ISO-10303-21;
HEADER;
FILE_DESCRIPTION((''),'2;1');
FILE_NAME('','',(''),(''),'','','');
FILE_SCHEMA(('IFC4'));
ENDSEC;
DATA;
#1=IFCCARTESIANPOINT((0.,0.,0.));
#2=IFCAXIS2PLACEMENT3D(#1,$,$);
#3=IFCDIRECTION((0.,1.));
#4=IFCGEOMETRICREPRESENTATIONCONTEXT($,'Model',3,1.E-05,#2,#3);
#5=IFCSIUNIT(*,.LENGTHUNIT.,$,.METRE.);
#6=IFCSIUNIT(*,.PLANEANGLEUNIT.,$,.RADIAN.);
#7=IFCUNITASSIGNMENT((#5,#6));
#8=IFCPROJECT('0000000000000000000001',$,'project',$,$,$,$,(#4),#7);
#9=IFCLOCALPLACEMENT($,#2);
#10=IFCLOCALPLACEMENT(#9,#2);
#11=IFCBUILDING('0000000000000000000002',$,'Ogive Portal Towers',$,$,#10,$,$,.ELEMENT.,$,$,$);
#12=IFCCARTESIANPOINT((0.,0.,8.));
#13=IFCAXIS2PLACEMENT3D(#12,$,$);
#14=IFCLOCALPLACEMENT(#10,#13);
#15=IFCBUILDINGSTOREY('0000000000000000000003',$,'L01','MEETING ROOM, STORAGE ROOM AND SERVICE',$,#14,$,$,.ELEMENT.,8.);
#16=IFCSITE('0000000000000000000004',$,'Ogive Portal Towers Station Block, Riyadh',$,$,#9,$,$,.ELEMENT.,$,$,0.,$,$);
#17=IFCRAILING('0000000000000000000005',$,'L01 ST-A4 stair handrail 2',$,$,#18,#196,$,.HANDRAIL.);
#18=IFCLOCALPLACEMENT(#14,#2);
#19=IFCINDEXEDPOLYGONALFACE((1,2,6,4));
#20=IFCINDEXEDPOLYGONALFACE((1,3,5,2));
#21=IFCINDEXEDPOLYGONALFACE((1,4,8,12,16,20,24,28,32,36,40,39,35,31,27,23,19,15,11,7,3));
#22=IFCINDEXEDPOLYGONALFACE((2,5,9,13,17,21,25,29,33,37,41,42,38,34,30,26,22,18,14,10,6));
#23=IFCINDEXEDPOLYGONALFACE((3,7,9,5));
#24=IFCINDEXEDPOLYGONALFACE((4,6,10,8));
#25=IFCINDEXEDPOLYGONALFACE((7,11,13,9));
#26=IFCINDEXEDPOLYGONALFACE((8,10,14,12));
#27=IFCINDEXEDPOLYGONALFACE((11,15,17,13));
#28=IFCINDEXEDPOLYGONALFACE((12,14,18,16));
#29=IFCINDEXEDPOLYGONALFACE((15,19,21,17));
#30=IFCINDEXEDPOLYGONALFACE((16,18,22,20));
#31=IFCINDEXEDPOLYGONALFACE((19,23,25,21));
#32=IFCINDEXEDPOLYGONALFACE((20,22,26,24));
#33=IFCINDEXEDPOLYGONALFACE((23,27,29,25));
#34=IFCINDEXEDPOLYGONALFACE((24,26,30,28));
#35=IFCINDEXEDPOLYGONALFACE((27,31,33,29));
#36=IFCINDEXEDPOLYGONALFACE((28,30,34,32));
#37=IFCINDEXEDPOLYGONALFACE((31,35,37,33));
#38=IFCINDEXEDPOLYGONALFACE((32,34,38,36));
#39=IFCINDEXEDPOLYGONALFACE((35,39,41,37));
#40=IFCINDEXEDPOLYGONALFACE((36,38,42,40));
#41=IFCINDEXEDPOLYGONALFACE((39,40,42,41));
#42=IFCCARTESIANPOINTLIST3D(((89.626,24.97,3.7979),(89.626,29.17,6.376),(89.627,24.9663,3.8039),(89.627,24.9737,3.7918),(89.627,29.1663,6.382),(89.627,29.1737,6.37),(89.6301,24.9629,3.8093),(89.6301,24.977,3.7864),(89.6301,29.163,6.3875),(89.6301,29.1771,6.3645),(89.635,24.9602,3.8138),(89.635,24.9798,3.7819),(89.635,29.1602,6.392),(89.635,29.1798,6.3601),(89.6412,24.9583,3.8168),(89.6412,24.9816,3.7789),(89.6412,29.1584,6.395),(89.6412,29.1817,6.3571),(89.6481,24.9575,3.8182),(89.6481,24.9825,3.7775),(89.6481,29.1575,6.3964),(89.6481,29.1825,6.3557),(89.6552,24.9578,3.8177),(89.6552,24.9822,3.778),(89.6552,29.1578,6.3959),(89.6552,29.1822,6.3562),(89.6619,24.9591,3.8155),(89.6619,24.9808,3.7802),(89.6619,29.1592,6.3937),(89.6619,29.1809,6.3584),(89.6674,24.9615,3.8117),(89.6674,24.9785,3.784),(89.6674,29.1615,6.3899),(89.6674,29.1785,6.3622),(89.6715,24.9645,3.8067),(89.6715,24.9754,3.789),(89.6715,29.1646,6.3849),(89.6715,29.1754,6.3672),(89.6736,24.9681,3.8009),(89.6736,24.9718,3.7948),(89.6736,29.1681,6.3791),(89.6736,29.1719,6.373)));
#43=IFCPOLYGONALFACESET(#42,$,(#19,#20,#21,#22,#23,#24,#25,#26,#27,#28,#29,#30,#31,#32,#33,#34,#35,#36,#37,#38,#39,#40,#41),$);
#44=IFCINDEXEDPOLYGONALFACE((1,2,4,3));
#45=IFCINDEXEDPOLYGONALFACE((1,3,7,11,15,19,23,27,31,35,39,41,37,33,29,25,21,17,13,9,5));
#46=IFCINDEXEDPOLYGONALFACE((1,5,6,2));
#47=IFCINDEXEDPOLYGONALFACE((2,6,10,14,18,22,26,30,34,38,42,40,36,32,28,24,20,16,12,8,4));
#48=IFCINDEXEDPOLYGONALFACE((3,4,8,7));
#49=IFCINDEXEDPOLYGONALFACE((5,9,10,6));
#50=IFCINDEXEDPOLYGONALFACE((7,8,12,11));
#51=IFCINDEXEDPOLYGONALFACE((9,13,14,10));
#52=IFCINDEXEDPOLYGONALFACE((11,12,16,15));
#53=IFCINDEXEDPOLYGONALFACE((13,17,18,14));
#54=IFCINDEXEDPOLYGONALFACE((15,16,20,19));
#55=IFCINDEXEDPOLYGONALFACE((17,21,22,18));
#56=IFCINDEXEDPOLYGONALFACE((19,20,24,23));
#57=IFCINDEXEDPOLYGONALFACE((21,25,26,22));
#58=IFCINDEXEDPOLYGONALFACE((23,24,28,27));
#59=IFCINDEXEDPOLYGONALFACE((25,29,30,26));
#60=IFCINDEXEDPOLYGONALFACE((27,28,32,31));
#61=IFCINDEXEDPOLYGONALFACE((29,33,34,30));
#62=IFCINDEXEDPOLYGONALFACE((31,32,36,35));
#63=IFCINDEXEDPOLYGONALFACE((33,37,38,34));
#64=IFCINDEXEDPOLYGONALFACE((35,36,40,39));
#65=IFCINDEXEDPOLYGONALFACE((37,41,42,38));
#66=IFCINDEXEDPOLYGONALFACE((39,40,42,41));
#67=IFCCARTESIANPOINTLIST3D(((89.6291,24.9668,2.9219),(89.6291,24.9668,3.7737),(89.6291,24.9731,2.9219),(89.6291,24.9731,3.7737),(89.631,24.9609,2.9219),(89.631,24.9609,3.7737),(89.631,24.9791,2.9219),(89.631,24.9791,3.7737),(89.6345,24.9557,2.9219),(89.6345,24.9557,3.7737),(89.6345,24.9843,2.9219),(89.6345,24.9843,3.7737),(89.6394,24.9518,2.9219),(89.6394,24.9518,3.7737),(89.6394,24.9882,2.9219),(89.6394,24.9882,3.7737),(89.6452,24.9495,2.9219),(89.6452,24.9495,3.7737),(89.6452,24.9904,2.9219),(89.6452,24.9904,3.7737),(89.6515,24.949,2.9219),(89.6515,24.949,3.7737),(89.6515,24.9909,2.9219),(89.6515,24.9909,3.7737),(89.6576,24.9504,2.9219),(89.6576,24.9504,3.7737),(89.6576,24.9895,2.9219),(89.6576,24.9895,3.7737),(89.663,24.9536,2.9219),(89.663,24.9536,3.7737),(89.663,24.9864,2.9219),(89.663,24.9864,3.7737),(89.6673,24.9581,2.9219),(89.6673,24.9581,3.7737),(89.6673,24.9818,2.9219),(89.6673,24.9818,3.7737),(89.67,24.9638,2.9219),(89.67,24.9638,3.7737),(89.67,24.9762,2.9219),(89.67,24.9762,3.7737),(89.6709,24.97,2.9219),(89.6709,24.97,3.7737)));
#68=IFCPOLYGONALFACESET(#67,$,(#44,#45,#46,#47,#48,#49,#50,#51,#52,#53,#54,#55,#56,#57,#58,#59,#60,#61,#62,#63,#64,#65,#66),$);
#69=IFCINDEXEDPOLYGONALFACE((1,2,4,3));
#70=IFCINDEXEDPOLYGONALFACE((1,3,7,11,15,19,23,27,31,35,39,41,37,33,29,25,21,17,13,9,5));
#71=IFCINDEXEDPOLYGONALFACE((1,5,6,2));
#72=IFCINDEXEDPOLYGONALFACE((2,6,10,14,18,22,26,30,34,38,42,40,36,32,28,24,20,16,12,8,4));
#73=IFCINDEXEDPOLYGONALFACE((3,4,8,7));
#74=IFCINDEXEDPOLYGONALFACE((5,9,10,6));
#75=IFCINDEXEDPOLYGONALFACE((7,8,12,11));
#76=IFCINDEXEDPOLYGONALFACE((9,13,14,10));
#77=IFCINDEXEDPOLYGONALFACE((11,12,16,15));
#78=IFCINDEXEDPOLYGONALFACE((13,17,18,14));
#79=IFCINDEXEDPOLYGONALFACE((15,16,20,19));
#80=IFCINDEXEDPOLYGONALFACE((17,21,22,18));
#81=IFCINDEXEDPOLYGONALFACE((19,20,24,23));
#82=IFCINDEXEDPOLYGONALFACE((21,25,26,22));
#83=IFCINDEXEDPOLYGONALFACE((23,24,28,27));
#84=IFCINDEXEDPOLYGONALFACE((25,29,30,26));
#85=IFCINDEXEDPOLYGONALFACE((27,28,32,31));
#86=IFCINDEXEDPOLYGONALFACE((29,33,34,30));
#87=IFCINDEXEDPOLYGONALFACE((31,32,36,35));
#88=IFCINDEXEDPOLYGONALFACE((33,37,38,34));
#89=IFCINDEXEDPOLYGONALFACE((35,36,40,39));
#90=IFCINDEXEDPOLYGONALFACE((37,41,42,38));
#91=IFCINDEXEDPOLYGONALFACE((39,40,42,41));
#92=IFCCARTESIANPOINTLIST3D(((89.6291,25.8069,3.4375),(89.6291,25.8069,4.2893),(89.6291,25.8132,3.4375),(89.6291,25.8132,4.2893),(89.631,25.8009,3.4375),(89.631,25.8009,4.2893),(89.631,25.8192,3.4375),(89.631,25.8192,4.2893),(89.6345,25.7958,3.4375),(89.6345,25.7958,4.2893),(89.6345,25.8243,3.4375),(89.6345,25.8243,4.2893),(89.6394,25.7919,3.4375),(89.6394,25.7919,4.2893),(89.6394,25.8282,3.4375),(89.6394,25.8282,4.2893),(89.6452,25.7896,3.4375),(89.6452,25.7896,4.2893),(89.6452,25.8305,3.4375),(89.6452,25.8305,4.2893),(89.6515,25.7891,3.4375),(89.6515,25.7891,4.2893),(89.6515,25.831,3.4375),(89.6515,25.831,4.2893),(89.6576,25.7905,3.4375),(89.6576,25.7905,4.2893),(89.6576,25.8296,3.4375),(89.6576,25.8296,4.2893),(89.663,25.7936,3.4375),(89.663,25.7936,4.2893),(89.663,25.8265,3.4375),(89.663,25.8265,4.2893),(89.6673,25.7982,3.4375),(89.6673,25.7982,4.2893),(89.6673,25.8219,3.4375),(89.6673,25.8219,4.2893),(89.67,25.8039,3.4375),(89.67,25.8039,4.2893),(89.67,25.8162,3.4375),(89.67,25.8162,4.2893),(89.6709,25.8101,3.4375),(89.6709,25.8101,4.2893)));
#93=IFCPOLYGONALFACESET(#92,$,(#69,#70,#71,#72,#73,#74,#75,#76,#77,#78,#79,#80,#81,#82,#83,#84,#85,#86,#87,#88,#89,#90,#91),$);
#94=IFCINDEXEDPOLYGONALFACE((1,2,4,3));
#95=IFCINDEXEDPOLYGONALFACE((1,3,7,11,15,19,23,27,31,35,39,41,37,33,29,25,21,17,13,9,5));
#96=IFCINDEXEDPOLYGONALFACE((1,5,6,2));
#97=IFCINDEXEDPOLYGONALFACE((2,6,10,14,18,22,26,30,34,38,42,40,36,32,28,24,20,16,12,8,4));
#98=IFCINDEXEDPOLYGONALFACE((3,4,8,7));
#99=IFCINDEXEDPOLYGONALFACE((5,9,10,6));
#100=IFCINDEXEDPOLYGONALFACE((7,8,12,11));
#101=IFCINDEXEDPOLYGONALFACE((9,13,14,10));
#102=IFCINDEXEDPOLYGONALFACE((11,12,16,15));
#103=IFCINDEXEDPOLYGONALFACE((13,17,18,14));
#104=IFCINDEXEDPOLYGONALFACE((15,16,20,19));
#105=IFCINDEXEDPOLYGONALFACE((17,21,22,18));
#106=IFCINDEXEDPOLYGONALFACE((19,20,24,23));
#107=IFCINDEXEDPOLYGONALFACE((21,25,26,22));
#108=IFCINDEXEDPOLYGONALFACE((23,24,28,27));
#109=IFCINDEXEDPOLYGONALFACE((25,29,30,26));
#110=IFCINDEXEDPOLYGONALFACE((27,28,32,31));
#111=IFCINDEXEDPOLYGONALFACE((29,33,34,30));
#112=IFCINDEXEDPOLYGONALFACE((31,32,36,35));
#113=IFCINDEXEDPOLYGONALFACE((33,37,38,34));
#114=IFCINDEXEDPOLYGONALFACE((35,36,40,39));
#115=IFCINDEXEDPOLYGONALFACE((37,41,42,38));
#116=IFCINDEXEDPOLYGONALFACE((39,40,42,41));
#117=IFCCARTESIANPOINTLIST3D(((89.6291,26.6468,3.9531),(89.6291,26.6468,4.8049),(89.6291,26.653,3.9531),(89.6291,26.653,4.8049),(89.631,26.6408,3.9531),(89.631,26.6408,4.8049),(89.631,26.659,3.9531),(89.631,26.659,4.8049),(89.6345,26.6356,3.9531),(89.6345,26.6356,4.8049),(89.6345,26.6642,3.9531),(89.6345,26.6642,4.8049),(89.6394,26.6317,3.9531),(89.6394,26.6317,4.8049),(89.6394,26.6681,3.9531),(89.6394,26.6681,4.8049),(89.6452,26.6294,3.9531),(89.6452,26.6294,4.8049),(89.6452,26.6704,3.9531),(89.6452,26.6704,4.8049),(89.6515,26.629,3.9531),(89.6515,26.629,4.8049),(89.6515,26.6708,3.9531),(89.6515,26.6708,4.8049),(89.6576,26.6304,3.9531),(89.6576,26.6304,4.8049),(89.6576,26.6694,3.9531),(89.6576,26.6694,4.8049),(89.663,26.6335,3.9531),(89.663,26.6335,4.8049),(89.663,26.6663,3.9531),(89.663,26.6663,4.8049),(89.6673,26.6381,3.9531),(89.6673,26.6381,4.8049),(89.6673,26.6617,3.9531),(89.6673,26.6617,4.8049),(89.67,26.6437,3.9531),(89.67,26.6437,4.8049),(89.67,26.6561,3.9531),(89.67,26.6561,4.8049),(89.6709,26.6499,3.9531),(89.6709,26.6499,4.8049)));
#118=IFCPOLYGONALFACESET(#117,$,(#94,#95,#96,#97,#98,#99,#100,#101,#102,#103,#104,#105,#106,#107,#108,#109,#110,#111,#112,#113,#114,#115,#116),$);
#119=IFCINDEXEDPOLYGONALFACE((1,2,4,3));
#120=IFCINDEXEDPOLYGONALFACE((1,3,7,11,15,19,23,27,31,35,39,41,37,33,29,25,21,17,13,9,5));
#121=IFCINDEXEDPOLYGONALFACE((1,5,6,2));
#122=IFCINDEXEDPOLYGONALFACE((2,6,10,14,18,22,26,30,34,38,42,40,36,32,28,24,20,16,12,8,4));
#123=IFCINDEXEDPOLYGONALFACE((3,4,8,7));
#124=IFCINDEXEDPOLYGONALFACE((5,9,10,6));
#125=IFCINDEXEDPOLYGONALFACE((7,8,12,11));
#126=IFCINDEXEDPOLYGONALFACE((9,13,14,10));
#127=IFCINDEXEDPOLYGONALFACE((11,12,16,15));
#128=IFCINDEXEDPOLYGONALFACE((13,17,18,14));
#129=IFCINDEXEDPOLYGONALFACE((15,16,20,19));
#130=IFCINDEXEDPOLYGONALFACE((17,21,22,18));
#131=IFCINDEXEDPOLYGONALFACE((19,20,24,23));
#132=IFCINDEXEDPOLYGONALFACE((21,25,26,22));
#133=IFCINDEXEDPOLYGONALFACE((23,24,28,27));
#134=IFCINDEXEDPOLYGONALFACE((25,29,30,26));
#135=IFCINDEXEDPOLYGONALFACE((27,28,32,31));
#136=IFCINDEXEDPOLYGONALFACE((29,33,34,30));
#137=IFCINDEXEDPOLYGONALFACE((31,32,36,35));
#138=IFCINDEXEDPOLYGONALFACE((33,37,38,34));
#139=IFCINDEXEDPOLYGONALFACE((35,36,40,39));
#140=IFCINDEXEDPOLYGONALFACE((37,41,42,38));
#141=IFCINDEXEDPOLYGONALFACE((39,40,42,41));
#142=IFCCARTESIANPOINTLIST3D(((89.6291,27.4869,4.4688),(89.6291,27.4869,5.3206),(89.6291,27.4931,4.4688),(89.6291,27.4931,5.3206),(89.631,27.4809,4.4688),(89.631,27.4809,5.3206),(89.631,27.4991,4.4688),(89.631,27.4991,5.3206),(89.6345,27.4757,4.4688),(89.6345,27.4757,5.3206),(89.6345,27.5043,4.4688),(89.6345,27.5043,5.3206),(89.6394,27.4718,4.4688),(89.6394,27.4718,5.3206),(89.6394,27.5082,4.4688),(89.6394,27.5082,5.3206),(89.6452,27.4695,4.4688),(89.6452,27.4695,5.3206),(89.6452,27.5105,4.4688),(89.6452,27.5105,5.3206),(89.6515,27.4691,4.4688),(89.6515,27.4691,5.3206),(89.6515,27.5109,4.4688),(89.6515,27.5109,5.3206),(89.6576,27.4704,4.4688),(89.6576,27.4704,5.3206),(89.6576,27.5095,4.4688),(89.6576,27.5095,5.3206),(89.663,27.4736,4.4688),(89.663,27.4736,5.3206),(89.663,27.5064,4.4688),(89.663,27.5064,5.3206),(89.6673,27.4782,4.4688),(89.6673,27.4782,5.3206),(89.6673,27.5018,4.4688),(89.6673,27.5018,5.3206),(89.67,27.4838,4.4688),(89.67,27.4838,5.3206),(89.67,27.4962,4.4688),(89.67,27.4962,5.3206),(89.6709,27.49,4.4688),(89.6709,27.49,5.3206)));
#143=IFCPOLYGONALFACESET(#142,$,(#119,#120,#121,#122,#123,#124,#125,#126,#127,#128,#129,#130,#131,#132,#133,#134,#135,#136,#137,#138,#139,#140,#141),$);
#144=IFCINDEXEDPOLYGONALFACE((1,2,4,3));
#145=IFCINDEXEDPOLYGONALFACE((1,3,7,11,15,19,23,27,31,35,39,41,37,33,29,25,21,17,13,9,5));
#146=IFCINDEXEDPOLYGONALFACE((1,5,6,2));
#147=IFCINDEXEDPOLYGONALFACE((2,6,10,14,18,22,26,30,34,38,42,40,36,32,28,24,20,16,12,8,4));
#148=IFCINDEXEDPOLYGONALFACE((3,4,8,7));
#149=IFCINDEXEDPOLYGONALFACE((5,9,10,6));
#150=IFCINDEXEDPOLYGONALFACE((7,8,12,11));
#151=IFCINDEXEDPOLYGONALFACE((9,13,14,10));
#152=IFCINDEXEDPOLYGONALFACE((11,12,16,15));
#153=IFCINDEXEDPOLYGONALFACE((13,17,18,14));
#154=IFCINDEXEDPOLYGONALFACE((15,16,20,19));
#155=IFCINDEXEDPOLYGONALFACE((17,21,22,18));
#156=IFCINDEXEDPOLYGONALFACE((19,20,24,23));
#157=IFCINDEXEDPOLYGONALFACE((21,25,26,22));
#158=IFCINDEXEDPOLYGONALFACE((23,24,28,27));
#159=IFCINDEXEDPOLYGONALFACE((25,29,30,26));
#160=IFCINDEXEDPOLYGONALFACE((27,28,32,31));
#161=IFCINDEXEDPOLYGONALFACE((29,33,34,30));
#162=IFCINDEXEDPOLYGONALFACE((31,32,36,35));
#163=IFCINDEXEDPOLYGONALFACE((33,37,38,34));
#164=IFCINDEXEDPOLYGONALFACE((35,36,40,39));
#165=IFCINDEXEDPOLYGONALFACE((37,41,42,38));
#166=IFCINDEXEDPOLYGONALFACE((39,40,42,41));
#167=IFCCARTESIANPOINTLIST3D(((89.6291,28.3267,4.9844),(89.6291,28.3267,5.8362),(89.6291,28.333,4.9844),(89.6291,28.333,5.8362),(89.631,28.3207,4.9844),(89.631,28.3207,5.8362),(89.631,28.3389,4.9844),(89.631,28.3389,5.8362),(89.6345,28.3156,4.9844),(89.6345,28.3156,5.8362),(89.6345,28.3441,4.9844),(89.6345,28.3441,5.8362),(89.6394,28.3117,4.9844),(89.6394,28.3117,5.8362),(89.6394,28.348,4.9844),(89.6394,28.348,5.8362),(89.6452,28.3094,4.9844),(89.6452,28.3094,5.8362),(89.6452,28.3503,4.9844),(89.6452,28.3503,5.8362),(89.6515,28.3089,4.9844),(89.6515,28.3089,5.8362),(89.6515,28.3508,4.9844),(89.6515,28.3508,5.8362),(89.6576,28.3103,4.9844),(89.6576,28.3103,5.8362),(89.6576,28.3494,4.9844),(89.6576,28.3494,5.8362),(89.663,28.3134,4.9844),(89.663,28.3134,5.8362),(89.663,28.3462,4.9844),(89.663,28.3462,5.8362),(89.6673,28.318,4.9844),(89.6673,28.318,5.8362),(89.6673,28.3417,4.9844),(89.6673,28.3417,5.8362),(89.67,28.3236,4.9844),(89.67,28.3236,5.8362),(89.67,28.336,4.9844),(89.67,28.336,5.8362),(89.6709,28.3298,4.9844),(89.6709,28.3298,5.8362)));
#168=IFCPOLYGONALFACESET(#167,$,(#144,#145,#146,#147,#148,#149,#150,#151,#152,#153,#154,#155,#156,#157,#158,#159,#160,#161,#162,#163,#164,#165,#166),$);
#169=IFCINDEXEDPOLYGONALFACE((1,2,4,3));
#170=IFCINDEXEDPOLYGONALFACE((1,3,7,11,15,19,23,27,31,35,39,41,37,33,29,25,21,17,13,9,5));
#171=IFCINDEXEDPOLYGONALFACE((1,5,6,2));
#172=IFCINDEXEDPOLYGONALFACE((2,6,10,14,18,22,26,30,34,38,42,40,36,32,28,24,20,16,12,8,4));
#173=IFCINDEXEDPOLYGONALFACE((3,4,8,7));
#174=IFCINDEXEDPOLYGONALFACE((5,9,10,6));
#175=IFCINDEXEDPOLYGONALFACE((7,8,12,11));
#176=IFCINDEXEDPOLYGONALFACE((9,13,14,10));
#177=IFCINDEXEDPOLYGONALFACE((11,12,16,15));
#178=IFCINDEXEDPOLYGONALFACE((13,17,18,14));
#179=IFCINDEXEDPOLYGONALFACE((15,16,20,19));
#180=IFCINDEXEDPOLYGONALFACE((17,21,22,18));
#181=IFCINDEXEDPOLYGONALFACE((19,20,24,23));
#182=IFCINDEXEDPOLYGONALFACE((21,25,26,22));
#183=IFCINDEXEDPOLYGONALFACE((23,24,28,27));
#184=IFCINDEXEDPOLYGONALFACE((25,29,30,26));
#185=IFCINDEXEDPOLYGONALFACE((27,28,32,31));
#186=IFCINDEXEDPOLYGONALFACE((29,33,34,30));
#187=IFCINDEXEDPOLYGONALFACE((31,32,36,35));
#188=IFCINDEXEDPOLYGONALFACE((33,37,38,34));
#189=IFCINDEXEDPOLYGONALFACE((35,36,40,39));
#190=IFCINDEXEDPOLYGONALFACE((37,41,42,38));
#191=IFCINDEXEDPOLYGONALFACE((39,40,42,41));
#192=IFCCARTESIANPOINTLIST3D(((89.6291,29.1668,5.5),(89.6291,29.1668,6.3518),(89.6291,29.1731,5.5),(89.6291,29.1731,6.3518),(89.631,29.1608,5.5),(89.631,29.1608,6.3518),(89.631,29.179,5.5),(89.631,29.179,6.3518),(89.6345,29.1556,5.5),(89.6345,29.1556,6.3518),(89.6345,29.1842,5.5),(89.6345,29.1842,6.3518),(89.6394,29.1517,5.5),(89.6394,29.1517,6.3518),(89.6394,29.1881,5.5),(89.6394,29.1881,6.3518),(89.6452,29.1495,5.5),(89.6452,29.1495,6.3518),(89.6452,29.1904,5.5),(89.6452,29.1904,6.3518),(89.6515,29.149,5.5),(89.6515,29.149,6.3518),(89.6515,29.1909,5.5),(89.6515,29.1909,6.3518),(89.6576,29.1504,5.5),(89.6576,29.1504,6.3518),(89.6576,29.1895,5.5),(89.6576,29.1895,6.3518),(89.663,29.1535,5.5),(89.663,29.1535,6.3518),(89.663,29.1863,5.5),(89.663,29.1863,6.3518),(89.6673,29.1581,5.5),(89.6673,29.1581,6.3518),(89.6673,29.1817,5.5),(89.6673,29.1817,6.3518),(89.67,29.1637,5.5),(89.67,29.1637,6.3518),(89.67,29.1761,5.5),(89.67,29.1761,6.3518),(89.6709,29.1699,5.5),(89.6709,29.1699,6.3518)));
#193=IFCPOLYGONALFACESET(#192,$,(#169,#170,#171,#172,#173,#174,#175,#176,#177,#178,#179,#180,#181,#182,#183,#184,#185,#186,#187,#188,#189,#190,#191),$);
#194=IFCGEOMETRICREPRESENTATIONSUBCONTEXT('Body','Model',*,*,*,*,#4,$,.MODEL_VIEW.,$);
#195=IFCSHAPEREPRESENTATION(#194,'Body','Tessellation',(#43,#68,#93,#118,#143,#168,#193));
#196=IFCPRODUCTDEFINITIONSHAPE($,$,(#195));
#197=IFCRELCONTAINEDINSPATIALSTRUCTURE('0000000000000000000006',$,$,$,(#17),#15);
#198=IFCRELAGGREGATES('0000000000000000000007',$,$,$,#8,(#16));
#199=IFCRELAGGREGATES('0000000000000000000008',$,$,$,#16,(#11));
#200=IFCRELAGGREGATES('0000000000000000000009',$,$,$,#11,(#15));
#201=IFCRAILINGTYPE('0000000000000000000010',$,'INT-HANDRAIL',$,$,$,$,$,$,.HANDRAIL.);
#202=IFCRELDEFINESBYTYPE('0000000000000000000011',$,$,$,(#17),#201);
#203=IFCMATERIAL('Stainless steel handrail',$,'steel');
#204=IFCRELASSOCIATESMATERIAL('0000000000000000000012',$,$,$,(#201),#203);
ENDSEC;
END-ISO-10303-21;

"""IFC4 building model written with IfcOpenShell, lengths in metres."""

from ifc_helpers import new_model, si_unit, direction, frame, origin, origin_2d, place, context, subcontext, project, spatial, circle, extrude, material, type_object, element, save


model = new_model("IFC4")

# Units and contexts
model_context = context("Model", 3, precision=1e-05, world=origin(), true_north=direction((0.0, 1.0)))
body_context = subcontext(model_context, "Body", "Model", "MODEL_VIEW")
ifc_project = project(units=[si_unit("LENGTHUNIT", "METRE"), si_unit("PLANEANGLEUNIT", "RADIAN")], contexts=[model_context])

# Site, building, storey
site_placement = place(None, origin())
site = spatial("IfcSite", under=ifc_project, at=site_placement, Name="Ogive Portal Towers Station Block, Riyadh", CompositionType="ELEMENT", RefElevation=0.0)
building_placement = place(site_placement, origin())
building = spatial("IfcBuilding", under=site, at=building_placement, Name="Ogive Portal Towers", CompositionType="ELEMENT")
storey_placement = place(building_placement, frame((0.0, 0.0, 8.0)))
storey = spatial("IfcBuildingStorey", under=building, at=storey_placement, Name="L01", Description="MEETING ROOM, STORAGE ROOM AND SERVICE", CompositionType="ELEMENT", Elevation=8.0)

# Railing
ifc_material_1 = material(Name="Stainless steel handrail", Category="steel")
railing_type_1 = type_object("IfcRailingType", Name="INT-HANDRAIL", PredefinedType="HANDRAIL", material=ifc_material_1)
railing_1_placement = place(storey_placement, frame((89.6499, 24.97, 2.9219)))
element("IfcRailing", 1, at=railing_1_placement, inside=storey, type_object=railing_type_1, Name="L01 ST-A4 stair handrail 2", PredefinedType="HANDRAIL", context=body_context, shape_type="SweptSolid", body=[
    extrude(circle(Radius=0.0239, at=origin_2d()), frame((0.0, 0.0, 0.876), z_axis=(0.0, 0.852243, 0.523146), x_axis=(-1.0, 0.0, 0.0)), (0.0, 0.0, 1.0), 4.9282),
    extrude(circle(Radius=0.021, at=origin_2d()), origin(), (0.0, 0.0, 1.0), 0.8518),
    extrude(circle(Radius=0.021, at=origin_2d()), frame((0.0, 0.8401, 0.5156)), (0.0, 0.0, 1.0), 0.8518),
    extrude(circle(Radius=0.021, at=origin_2d()), frame((0.0, 1.6799, 1.0312)), (0.0, 0.0, 1.0), 0.8518),
    extrude(circle(Radius=0.021, at=origin_2d()), frame((0.0, 2.52, 1.5469)), (0.0, 0.0, 1.0), 0.8518),
    extrude(circle(Radius=0.021, at=origin_2d()), frame((0.0, 3.3599, 2.0625)), (0.0, 0.0, 1.0), 0.8518),
    extrude(circle(Radius=0.021, at=origin_2d()), frame((0.0, 4.2, 2.5781)), (0.0, 0.0, 1.0), 0.8518),
])

save(model, "model.ifc")
